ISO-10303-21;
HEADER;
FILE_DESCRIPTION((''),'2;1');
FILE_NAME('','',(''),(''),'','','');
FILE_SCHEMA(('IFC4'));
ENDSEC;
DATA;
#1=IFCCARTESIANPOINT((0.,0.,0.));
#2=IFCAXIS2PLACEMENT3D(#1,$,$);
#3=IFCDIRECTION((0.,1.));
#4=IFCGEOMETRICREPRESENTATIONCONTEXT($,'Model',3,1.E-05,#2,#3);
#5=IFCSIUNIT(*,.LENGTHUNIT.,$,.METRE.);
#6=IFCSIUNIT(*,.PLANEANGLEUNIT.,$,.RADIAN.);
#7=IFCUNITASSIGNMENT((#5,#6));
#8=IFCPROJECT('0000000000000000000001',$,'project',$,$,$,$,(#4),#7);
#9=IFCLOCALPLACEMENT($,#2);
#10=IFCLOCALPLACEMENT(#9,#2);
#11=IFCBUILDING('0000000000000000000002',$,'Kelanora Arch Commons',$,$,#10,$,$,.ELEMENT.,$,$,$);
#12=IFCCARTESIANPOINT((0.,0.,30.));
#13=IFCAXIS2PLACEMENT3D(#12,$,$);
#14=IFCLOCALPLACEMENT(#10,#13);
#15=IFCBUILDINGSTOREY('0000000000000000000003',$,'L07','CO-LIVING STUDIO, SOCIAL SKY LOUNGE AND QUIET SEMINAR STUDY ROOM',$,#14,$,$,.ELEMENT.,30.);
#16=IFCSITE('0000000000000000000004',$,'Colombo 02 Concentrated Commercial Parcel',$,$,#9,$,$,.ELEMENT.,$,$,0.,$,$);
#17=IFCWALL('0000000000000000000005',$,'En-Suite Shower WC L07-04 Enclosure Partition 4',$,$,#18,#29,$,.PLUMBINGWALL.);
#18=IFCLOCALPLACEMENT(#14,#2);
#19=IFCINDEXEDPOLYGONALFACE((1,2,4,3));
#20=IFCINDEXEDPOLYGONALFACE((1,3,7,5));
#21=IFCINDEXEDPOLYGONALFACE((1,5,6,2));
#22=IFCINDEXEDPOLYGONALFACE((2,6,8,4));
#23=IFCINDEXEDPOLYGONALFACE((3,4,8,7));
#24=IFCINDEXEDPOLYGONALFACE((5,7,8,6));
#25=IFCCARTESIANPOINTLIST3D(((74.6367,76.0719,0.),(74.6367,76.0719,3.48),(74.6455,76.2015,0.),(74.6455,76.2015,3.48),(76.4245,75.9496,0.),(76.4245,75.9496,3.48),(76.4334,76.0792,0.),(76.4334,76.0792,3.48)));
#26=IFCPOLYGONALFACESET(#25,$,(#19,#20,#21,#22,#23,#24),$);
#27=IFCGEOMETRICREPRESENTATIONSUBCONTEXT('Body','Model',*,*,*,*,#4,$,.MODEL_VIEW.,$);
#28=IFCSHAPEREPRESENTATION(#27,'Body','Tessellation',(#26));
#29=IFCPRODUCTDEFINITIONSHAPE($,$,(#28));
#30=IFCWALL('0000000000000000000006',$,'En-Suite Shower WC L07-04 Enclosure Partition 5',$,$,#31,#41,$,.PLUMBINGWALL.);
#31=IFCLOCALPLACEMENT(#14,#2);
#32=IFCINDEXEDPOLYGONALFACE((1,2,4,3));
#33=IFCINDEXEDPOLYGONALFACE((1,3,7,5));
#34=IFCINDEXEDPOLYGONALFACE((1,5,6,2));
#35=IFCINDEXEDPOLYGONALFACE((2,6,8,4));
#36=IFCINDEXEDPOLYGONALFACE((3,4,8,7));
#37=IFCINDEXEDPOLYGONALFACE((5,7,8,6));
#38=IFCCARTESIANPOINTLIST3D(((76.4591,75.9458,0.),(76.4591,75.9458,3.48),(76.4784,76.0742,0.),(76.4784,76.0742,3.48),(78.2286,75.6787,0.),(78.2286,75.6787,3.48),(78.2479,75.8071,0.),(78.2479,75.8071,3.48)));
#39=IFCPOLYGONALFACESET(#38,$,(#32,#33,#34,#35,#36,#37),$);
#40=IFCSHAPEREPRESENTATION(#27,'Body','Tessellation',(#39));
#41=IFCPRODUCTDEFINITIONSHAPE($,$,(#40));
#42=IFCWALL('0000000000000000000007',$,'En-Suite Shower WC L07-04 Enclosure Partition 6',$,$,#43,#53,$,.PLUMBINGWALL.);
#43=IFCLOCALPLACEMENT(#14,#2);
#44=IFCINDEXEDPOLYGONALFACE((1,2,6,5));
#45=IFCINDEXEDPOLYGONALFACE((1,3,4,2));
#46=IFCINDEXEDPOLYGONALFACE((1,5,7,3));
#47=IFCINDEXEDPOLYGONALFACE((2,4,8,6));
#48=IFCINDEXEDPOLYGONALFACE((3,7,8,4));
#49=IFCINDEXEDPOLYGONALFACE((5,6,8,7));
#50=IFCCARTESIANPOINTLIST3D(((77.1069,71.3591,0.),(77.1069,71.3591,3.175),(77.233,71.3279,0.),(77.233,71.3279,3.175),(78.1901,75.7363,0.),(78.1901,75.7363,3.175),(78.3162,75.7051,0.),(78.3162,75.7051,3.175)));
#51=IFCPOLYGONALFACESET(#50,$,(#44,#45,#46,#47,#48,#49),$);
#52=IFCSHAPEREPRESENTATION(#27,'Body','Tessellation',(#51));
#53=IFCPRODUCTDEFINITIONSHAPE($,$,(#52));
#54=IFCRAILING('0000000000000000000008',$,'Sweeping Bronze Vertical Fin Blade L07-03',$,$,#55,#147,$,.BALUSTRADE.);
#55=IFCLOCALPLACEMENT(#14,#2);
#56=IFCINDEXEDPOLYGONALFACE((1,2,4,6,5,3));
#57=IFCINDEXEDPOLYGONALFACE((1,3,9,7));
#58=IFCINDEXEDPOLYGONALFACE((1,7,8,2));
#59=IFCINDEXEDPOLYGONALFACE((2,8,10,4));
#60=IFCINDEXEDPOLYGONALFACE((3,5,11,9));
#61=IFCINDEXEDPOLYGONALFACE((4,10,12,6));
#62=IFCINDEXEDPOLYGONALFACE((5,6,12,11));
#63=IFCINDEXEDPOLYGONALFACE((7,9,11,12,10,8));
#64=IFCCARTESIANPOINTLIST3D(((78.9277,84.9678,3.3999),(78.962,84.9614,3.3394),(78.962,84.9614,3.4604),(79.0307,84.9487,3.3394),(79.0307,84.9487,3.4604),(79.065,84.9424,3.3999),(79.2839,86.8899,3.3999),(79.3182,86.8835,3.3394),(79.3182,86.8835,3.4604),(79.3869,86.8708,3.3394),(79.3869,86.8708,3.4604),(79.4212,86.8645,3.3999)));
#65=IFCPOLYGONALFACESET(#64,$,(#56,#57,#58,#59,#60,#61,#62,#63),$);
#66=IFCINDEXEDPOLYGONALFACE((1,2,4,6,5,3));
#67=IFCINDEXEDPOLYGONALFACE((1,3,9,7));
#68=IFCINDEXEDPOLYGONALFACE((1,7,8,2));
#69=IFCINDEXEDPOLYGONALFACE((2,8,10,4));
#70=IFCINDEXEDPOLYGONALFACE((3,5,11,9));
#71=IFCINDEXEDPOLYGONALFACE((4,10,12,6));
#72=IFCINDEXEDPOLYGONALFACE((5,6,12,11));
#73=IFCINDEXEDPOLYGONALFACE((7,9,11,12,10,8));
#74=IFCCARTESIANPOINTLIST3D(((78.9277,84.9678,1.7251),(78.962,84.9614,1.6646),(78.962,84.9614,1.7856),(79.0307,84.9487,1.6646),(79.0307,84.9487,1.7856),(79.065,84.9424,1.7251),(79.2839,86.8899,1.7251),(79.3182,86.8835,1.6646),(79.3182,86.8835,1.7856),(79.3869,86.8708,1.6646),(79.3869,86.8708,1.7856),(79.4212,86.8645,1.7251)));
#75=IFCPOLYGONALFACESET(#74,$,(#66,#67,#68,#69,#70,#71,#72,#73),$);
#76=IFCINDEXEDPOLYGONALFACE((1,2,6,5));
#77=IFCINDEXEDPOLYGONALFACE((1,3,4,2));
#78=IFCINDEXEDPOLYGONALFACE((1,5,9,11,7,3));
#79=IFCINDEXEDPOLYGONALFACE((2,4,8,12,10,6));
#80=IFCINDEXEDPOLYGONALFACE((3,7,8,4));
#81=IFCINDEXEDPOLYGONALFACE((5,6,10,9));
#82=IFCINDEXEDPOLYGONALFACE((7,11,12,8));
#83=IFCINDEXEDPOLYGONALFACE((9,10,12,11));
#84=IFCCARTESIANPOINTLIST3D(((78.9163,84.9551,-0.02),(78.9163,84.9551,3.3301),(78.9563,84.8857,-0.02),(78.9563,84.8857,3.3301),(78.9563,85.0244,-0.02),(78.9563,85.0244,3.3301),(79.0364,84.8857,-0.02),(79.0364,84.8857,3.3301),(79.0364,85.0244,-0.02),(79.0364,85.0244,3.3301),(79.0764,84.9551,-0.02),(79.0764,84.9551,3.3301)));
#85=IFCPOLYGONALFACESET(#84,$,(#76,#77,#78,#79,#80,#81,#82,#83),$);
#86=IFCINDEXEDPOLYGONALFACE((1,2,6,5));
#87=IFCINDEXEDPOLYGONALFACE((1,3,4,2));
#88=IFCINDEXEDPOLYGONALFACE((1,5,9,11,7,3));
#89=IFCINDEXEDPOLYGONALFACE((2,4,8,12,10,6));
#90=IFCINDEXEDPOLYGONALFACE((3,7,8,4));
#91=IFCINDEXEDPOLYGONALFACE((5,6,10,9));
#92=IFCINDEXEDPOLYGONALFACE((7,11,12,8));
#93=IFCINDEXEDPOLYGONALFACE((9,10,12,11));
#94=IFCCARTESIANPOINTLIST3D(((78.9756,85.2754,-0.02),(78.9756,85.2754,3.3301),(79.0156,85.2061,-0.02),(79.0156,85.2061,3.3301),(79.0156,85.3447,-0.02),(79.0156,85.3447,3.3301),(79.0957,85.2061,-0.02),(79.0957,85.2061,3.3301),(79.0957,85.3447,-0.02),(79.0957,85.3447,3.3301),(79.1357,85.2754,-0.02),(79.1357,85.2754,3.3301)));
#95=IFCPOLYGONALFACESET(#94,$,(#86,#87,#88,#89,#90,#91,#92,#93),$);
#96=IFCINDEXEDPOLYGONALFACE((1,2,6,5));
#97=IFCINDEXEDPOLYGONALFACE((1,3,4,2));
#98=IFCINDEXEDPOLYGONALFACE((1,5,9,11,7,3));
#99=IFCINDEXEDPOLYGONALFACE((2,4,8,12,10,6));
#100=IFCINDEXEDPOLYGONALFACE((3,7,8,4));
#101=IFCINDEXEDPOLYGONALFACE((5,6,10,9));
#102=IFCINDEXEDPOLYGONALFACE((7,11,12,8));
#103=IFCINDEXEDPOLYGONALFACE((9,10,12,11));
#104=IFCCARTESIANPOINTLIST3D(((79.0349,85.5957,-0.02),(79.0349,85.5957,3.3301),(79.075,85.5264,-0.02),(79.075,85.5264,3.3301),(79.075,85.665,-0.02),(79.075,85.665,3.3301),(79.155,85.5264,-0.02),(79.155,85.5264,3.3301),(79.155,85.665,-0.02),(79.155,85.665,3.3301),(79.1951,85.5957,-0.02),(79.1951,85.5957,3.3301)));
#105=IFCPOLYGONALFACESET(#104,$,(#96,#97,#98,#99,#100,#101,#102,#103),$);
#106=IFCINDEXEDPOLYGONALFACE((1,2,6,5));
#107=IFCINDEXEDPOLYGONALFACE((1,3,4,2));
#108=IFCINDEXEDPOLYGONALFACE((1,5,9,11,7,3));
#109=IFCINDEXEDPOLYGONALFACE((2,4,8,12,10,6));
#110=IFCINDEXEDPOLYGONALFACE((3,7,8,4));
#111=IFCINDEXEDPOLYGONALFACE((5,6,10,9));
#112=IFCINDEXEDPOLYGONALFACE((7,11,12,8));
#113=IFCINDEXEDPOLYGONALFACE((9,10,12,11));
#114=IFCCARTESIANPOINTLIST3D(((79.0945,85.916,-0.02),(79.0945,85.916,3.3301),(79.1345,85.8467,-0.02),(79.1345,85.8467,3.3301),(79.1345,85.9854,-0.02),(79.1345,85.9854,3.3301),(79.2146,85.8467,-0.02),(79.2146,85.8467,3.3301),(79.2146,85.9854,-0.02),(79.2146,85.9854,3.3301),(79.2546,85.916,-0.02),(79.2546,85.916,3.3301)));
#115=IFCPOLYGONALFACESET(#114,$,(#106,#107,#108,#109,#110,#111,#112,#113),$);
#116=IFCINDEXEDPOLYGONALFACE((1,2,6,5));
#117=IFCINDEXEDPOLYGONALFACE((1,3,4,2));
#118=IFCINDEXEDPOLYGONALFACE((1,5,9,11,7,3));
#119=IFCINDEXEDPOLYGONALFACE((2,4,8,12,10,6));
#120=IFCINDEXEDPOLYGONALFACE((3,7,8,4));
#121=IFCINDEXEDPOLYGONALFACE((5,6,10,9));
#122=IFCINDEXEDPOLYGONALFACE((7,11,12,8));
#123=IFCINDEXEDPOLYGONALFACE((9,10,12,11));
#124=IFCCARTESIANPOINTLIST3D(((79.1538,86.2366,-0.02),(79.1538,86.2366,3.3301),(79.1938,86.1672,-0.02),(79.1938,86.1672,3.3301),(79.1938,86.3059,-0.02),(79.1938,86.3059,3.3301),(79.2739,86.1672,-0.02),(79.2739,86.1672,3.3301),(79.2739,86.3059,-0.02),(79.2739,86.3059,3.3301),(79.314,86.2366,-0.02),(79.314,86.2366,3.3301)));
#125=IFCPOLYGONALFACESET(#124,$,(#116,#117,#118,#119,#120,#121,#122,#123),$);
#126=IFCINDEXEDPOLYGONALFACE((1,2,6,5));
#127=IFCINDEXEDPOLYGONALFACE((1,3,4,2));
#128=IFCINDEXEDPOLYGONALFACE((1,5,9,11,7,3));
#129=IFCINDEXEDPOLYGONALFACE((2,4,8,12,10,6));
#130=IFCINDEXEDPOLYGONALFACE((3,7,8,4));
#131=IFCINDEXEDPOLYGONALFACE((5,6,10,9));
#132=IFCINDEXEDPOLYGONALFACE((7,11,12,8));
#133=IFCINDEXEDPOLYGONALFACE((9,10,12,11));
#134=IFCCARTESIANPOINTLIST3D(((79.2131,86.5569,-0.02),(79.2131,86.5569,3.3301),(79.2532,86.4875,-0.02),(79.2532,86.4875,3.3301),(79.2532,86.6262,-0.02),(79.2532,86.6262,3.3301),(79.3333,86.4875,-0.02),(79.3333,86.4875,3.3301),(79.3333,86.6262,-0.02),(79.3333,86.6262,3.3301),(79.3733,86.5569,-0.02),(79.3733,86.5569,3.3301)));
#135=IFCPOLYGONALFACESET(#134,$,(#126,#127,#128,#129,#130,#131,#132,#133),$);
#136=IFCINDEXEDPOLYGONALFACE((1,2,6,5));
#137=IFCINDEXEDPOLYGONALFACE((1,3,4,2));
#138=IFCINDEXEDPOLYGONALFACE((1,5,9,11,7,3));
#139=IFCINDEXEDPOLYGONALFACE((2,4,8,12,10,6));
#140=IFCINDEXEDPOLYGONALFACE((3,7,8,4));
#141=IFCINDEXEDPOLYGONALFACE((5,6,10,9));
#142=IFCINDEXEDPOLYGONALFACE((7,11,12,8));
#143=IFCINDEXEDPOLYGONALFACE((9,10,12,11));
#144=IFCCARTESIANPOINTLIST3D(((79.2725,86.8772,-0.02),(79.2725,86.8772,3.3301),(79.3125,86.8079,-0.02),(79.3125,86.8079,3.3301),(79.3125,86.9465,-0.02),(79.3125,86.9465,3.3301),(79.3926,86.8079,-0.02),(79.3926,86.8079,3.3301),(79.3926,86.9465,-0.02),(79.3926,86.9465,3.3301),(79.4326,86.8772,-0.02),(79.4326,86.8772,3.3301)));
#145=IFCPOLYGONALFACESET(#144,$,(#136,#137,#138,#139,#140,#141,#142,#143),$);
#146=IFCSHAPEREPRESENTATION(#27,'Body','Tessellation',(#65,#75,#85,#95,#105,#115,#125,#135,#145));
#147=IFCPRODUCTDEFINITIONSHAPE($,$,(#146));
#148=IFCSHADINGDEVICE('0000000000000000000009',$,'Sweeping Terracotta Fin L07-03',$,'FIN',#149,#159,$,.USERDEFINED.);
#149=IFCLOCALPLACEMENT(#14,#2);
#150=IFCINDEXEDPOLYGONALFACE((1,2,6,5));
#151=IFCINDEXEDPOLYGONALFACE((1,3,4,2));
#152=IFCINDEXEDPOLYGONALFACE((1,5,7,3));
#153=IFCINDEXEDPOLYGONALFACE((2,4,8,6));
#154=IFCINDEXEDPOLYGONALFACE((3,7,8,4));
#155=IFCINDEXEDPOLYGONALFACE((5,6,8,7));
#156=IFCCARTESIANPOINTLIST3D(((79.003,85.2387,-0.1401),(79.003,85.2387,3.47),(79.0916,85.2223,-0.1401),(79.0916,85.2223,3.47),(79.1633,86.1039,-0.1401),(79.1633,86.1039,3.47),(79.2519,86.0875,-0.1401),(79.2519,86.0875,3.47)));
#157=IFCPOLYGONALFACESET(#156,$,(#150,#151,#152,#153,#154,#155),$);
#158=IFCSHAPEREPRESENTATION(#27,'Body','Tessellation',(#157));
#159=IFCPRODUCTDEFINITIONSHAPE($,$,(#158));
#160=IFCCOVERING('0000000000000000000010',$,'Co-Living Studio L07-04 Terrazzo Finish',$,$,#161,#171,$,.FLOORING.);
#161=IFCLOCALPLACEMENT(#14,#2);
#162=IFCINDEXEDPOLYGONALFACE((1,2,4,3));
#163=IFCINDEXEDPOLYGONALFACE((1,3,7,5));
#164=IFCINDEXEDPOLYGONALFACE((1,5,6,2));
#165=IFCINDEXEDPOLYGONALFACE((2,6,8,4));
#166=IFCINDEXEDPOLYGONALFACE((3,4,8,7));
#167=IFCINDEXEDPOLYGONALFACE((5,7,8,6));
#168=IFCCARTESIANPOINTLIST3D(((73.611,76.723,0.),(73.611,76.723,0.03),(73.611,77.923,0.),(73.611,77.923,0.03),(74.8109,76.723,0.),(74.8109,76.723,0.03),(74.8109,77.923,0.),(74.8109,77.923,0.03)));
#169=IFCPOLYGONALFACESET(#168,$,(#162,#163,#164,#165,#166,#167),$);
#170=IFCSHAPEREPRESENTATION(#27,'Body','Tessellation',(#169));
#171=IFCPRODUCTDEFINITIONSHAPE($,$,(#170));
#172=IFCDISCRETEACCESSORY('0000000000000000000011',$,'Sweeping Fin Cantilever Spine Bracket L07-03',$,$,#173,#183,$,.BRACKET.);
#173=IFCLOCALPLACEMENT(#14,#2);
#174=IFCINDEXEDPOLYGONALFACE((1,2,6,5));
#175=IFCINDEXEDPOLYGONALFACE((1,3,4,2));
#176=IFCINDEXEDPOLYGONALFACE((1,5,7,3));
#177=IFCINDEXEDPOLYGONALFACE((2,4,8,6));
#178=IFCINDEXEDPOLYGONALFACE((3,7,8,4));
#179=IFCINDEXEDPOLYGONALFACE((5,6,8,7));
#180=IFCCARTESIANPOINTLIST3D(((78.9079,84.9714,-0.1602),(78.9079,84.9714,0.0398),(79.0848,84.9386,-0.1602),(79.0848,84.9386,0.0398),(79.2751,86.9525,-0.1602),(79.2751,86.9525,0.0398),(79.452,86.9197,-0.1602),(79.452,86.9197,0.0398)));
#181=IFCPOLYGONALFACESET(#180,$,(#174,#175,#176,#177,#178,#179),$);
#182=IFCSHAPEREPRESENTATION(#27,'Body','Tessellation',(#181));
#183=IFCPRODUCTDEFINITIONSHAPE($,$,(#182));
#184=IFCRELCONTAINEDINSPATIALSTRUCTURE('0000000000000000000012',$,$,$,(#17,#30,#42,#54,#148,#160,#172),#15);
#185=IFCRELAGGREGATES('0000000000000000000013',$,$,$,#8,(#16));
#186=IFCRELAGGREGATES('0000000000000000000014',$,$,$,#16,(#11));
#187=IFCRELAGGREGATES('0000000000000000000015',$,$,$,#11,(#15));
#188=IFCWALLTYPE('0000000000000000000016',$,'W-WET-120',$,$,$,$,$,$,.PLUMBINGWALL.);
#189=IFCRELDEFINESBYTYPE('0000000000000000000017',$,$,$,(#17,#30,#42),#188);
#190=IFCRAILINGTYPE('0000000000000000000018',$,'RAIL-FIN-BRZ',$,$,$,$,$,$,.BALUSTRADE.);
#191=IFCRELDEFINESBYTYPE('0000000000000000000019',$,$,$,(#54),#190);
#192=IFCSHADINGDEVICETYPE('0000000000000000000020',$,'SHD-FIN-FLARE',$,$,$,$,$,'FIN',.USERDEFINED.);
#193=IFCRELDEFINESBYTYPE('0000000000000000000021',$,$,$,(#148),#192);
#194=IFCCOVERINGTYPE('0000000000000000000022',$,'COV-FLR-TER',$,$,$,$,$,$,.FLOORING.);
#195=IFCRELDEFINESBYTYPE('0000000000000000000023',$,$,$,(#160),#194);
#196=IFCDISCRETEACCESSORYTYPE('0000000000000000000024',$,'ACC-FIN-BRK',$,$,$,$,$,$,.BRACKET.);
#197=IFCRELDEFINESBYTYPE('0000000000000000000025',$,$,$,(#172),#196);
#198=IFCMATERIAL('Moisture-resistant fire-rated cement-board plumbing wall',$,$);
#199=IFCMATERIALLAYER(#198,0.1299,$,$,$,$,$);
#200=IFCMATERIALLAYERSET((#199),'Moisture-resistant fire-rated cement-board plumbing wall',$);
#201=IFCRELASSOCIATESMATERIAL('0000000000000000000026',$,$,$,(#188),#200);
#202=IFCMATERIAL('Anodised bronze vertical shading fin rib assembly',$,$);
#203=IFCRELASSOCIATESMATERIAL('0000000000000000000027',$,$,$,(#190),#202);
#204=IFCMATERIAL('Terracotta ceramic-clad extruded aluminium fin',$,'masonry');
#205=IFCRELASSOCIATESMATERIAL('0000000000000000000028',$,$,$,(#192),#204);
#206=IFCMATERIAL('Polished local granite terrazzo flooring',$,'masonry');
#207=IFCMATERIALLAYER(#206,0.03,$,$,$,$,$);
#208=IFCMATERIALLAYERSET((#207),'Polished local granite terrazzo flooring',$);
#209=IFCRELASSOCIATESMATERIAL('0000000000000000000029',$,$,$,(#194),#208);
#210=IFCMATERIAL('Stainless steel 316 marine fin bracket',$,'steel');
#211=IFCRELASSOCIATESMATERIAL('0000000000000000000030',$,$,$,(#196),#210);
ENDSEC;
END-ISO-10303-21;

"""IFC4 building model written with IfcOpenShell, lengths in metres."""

from ifc_helpers import new_model, si_unit, direction, frame, frame_2d, origin, origin_2d, place, context, subcontext, project, spatial, polyline, rectangle, outline, extrude, source, transform, mapped, material, layer, layer_set, type_object, element, save


model = new_model("IFC4")

# Units and contexts
model_context = context("Model", 3, precision=1e-05, world=origin(), true_north=direction((0.0, 1.0)))
body_context = subcontext(model_context, "Body", "Model", "MODEL_VIEW")
ifc_project = project(units=[si_unit("LENGTHUNIT", "METRE"), si_unit("PLANEANGLEUNIT", "RADIAN")], contexts=[model_context])

# Site, building, storey
site_placement = place(None, origin())
site = spatial("IfcSite", under=ifc_project, at=site_placement, Name="Colombo 02 Concentrated Commercial Parcel", CompositionType="ELEMENT", RefElevation=0.0)
building_placement = place(site_placement, origin())
building = spatial("IfcBuilding", under=site, at=building_placement, Name="Kelanora Arch Commons", CompositionType="ELEMENT")
storey_placement = place(building_placement, frame((0.0, 0.0, 30.0)))
storey = spatial("IfcBuildingStorey", under=building, at=storey_placement, Name="L07", Description="CO-LIVING STUDIO, SOCIAL SKY LOUNGE AND QUIET SEMINAR STUDY ROOM", CompositionType="ELEMENT", Elevation=30.0)

# Walls
ifc_material_1 = material(Name="Moisture-resistant fire-rated cement-board plumbing wall")
ifc_layer_1 = layer(ifc_material_1, 0.1299)
ifc_layer_set_1 = layer_set([ifc_layer_1], Name="Moisture-resistant fire-rated cement-board plumbing wall")
wall_type_1 = type_object("IfcWallType", Name="W-WET-120", PredefinedType="PLUMBINGWALL", material=ifc_layer_set_1)
wall_1_placement = place(storey_placement, frame((74.6411, 76.1367, 0.0), z_axis=(0.0, 0.0, 1.0), x_axis=(0.997668, -0.068255, 0.0)))
element("IfcWall", 1, at=wall_1_placement, inside=storey, type_object=wall_type_1, Name="En-Suite Shower WC L07-04 Enclosure Partition 4", PredefinedType="PLUMBINGWALL", context=body_context, shape_type="SweptSolid", body=[
    extrude(rectangle(XDim=1.792, YDim=0.1299, at=frame_2d((0.896, 0.0))), origin(), (0.0, 0.0, 1.0), 3.48),
])
wall_2_placement = place(storey_placement, frame((76.4688, 76.01, 0.0), z_axis=(0.0, 0.0, 1.0), x_axis=(0.9888, -0.149248, 0.0)))
element("IfcWall", 2, at=wall_2_placement, inside=storey, type_object=wall_type_1, Name="En-Suite Shower WC L07-04 Enclosure Partition 5", PredefinedType="PLUMBINGWALL", context=body_context, shape_type="SweptSolid", body=[
    extrude(rectangle(XDim=1.7896, YDim=0.1299, at=frame_2d((0.8948, 0.0))), origin(), (0.0, 0.0, 1.0), 3.48),
])
wall_3_placement = place(storey_placement, frame((78.2532, 75.7207, 0.0), z_axis=(0.0, 0.0, 1.0), x_axis=(-0.240229, -0.970716, 0.0)))
element("IfcWall", 3, at=wall_3_placement, inside=storey, type_object=wall_type_1, Name="En-Suite Shower WC L07-04 Enclosure Partition 6", PredefinedType="PLUMBINGWALL", context=body_context, shape_type="SweptSolid", body=[
    extrude(rectangle(XDim=4.5093, YDim=0.1299, at=frame_2d((2.2546, 0.0))), origin(), (0.0, 0.0, 1.0), 3.175),
])

# Railing
ifc_material_2 = material(Name="Anodised bronze vertical shading fin rib assembly")
railing_type = type_object("IfcRailingType", Name="RAIL-FIN-BRZ", PredefinedType="BALUSTRADE", material=ifc_material_2)
railing_placement = place(storey_placement, frame((78.9963, 84.9551, -0.02)))
element("IfcRailing", 4, at=railing_placement, inside=storey, type_object=railing_type, Name="Sweeping Bronze Vertical Fin Blade L07-03", PredefinedType="BALUSTRADE", context=body_context, shape_type="SweptSolid", body=[
    extrude(outline(polyline([(0.0698, 0.0), (0.0349, 0.0605), (-0.0349, 0.0605), (-0.0698, 0.0), (-0.0349, -0.0605), (0.0349, -0.0605), (0.0698, 0.0)])), frame((0.0, 0.0, 3.4199), z_axis=(0.182214, 0.983259, 0.0), x_axis=(-0.983259, 0.182214, 0.0)), (0.0, 0.0, 1.0), 1.9548),
    extrude(outline(polyline([(0.0698, 0.0), (0.0349, 0.0605), (-0.0349, 0.0605), (-0.0698, 0.0), (-0.0349, -0.0605), (0.0349, -0.0605), (0.0698, 0.0)])), frame((0.0, 0.0, 1.7451), z_axis=(0.182214, 0.983259, 0.0), x_axis=(-0.983259, 0.182214, 0.0)), (0.0, 0.0, 1.0), 1.9548),
    extrude(outline(polyline([(0.0801, 0.0), (0.04, 0.0693), (-0.04, 0.0693), (-0.0801, 0.0), (-0.04, -0.0693), (0.04, -0.0693), (0.0801, 0.0)])), origin(), (0.0, 0.0, 1.0), 3.3501),
    extrude(outline(polyline([(0.0801, 0.0), (0.04, 0.0693), (-0.04, 0.0693), (-0.0801, 0.0), (-0.04, -0.0693), (0.04, -0.0693), (0.0801, 0.0)])), frame((0.0593, 0.3203, 0.0)), (0.0, 0.0, 1.0), 3.3501),
    extrude(outline(polyline([(0.0801, 0.0), (0.04, 0.0693), (-0.04, 0.0693), (-0.0801, 0.0), (-0.04, -0.0693), (0.04, -0.0693), (0.0801, 0.0)])), frame((0.1187, 0.6406, 0.0)), (0.0, 0.0, 1.0), 3.3501),
    extrude(outline(polyline([(0.0801, 0.0), (0.04, 0.0693), (-0.04, 0.0693), (-0.0801, 0.0), (-0.04, -0.0693), (0.04, -0.0693), (0.0801, 0.0)])), frame((0.1782, 0.9609, 0.0)), (0.0, 0.0, 1.0), 3.3501),
    extrude(outline(polyline([(0.0801, 0.0), (0.04, 0.0693), (-0.04, 0.0693), (-0.0801, 0.0), (-0.04, -0.0693), (0.04, -0.0693), (0.0801, 0.0)])), frame((0.2375, 1.2815, 0.0)), (0.0, 0.0, 1.0), 3.3501),
    extrude(outline(polyline([(0.0801, 0.0), (0.04, 0.0693), (-0.04, 0.0693), (-0.0801, 0.0), (-0.04, -0.0693), (0.04, -0.0693), (0.0801, 0.0)])), frame((0.2969, 1.6018, 0.0)), (0.0, 0.0, 1.0), 3.3501),
    extrude(outline(polyline([(0.0801, 0.0), (0.04, 0.0693), (-0.04, 0.0693), (-0.0801, 0.0), (-0.04, -0.0693), (0.04, -0.0693), (0.0801, 0.0)])), frame((0.3562, 1.9221, 0.0)), (0.0, 0.0, 1.0), 3.3501),
])

# Shading device
ifc_material_3 = material(Name="Terracotta ceramic-clad extruded aluminium fin", Category="masonry")
shading_device_type = type_object("IfcShadingDeviceType", Name="SHD-FIN-FLARE", ElementType="FIN", PredefinedType="USERDEFINED", material=ifc_material_3)
shared_shape_1 = source(origin(), body_context, "Body", "SweptSolid", [
    extrude(rectangle(XDim=0.8799, YDim=0.0901, at=origin_2d()), origin(), (0.0, 0.0, 1.0), 3.6101),
])
shading_device_placement = place(storey_placement, frame((79.1274, 85.6631, -0.1401), z_axis=(0.0, 0.0, 1.0), x_axis=(0.182236, 0.983255, 0.0)))
element("IfcShadingDevice", 5, at=shading_device_placement, inside=storey, type_object=shading_device_type, Name="Sweeping Terracotta Fin L07-03", ObjectType="FIN", PredefinedType="USERDEFINED", context=body_context, shape_type="MappedRepresentation", body=[
    mapped(shared_shape_1, transform((0.0, 0.0, 0.0), scale=1.0)),
])

# Covering
ifc_material_4 = material(Name="Polished local granite terrazzo flooring", Category="masonry")
ifc_layer_2 = layer(ifc_material_4, 0.03)
ifc_layer_set_2 = layer_set([ifc_layer_2], Name="Polished local granite terrazzo flooring")
covering_type = type_object("IfcCoveringType", Name="COV-FLR-TER", PredefinedType="FLOORING", material=ifc_layer_set_2)
shared_shape_2 = source(origin(), body_context, "Body", "SweptSolid", [
    extrude(rectangle(XDim=1.2, YDim=1.2, at=origin_2d()), origin(), (0.0, 0.0, 1.0), 0.03),
])
covering_placement = place(storey_placement, frame((74.2109, 77.323, 0.0), z_axis=(0.0, 0.0, 1.0), x_axis=(1.0, 0.0, 0.0)))
element("IfcCovering", 6, at=covering_placement, inside=storey, type_object=covering_type, Name="Co-Living Studio L07-04 Terrazzo Finish", PredefinedType="FLOORING", context=body_context, shape_type="MappedRepresentation", body=[
    mapped(shared_shape_2, transform((0.0, 0.0, 0.0), scale=1.0)),
])

# Discrete accessory
ifc_material_5 = material(Name="Stainless steel 316 marine fin bracket", Category="steel")
discrete_accessory_type = type_object("IfcDiscreteAccessoryType", Name="ACC-FIN-BRK", PredefinedType="BRACKET", material=ifc_material_5)
shared_shape_3 = source(origin(), body_context, "Body", "SweptSolid", [
    extrude(rectangle(XDim=2.0149, YDim=0.1799, at=origin_2d()), origin(), (0.0, 0.0, 1.0), 0.2),
])
discrete_accessory_placement = place(storey_placement, frame((79.1799, 85.9456, -0.1602), z_axis=(0.0, 0.0, 1.0), x_axis=(0.182236, 0.983255, 0.0)))
element("IfcDiscreteAccessory", 7, at=discrete_accessory_placement, inside=storey, type_object=discrete_accessory_type, Name="Sweeping Fin Cantilever Spine Bracket L07-03", PredefinedType="BRACKET", context=body_context, shape_type="MappedRepresentation", body=[
    mapped(shared_shape_3, transform((0.0, 0.0, 0.0), scale=1.0)),
])

save(model, "model.ifc")
